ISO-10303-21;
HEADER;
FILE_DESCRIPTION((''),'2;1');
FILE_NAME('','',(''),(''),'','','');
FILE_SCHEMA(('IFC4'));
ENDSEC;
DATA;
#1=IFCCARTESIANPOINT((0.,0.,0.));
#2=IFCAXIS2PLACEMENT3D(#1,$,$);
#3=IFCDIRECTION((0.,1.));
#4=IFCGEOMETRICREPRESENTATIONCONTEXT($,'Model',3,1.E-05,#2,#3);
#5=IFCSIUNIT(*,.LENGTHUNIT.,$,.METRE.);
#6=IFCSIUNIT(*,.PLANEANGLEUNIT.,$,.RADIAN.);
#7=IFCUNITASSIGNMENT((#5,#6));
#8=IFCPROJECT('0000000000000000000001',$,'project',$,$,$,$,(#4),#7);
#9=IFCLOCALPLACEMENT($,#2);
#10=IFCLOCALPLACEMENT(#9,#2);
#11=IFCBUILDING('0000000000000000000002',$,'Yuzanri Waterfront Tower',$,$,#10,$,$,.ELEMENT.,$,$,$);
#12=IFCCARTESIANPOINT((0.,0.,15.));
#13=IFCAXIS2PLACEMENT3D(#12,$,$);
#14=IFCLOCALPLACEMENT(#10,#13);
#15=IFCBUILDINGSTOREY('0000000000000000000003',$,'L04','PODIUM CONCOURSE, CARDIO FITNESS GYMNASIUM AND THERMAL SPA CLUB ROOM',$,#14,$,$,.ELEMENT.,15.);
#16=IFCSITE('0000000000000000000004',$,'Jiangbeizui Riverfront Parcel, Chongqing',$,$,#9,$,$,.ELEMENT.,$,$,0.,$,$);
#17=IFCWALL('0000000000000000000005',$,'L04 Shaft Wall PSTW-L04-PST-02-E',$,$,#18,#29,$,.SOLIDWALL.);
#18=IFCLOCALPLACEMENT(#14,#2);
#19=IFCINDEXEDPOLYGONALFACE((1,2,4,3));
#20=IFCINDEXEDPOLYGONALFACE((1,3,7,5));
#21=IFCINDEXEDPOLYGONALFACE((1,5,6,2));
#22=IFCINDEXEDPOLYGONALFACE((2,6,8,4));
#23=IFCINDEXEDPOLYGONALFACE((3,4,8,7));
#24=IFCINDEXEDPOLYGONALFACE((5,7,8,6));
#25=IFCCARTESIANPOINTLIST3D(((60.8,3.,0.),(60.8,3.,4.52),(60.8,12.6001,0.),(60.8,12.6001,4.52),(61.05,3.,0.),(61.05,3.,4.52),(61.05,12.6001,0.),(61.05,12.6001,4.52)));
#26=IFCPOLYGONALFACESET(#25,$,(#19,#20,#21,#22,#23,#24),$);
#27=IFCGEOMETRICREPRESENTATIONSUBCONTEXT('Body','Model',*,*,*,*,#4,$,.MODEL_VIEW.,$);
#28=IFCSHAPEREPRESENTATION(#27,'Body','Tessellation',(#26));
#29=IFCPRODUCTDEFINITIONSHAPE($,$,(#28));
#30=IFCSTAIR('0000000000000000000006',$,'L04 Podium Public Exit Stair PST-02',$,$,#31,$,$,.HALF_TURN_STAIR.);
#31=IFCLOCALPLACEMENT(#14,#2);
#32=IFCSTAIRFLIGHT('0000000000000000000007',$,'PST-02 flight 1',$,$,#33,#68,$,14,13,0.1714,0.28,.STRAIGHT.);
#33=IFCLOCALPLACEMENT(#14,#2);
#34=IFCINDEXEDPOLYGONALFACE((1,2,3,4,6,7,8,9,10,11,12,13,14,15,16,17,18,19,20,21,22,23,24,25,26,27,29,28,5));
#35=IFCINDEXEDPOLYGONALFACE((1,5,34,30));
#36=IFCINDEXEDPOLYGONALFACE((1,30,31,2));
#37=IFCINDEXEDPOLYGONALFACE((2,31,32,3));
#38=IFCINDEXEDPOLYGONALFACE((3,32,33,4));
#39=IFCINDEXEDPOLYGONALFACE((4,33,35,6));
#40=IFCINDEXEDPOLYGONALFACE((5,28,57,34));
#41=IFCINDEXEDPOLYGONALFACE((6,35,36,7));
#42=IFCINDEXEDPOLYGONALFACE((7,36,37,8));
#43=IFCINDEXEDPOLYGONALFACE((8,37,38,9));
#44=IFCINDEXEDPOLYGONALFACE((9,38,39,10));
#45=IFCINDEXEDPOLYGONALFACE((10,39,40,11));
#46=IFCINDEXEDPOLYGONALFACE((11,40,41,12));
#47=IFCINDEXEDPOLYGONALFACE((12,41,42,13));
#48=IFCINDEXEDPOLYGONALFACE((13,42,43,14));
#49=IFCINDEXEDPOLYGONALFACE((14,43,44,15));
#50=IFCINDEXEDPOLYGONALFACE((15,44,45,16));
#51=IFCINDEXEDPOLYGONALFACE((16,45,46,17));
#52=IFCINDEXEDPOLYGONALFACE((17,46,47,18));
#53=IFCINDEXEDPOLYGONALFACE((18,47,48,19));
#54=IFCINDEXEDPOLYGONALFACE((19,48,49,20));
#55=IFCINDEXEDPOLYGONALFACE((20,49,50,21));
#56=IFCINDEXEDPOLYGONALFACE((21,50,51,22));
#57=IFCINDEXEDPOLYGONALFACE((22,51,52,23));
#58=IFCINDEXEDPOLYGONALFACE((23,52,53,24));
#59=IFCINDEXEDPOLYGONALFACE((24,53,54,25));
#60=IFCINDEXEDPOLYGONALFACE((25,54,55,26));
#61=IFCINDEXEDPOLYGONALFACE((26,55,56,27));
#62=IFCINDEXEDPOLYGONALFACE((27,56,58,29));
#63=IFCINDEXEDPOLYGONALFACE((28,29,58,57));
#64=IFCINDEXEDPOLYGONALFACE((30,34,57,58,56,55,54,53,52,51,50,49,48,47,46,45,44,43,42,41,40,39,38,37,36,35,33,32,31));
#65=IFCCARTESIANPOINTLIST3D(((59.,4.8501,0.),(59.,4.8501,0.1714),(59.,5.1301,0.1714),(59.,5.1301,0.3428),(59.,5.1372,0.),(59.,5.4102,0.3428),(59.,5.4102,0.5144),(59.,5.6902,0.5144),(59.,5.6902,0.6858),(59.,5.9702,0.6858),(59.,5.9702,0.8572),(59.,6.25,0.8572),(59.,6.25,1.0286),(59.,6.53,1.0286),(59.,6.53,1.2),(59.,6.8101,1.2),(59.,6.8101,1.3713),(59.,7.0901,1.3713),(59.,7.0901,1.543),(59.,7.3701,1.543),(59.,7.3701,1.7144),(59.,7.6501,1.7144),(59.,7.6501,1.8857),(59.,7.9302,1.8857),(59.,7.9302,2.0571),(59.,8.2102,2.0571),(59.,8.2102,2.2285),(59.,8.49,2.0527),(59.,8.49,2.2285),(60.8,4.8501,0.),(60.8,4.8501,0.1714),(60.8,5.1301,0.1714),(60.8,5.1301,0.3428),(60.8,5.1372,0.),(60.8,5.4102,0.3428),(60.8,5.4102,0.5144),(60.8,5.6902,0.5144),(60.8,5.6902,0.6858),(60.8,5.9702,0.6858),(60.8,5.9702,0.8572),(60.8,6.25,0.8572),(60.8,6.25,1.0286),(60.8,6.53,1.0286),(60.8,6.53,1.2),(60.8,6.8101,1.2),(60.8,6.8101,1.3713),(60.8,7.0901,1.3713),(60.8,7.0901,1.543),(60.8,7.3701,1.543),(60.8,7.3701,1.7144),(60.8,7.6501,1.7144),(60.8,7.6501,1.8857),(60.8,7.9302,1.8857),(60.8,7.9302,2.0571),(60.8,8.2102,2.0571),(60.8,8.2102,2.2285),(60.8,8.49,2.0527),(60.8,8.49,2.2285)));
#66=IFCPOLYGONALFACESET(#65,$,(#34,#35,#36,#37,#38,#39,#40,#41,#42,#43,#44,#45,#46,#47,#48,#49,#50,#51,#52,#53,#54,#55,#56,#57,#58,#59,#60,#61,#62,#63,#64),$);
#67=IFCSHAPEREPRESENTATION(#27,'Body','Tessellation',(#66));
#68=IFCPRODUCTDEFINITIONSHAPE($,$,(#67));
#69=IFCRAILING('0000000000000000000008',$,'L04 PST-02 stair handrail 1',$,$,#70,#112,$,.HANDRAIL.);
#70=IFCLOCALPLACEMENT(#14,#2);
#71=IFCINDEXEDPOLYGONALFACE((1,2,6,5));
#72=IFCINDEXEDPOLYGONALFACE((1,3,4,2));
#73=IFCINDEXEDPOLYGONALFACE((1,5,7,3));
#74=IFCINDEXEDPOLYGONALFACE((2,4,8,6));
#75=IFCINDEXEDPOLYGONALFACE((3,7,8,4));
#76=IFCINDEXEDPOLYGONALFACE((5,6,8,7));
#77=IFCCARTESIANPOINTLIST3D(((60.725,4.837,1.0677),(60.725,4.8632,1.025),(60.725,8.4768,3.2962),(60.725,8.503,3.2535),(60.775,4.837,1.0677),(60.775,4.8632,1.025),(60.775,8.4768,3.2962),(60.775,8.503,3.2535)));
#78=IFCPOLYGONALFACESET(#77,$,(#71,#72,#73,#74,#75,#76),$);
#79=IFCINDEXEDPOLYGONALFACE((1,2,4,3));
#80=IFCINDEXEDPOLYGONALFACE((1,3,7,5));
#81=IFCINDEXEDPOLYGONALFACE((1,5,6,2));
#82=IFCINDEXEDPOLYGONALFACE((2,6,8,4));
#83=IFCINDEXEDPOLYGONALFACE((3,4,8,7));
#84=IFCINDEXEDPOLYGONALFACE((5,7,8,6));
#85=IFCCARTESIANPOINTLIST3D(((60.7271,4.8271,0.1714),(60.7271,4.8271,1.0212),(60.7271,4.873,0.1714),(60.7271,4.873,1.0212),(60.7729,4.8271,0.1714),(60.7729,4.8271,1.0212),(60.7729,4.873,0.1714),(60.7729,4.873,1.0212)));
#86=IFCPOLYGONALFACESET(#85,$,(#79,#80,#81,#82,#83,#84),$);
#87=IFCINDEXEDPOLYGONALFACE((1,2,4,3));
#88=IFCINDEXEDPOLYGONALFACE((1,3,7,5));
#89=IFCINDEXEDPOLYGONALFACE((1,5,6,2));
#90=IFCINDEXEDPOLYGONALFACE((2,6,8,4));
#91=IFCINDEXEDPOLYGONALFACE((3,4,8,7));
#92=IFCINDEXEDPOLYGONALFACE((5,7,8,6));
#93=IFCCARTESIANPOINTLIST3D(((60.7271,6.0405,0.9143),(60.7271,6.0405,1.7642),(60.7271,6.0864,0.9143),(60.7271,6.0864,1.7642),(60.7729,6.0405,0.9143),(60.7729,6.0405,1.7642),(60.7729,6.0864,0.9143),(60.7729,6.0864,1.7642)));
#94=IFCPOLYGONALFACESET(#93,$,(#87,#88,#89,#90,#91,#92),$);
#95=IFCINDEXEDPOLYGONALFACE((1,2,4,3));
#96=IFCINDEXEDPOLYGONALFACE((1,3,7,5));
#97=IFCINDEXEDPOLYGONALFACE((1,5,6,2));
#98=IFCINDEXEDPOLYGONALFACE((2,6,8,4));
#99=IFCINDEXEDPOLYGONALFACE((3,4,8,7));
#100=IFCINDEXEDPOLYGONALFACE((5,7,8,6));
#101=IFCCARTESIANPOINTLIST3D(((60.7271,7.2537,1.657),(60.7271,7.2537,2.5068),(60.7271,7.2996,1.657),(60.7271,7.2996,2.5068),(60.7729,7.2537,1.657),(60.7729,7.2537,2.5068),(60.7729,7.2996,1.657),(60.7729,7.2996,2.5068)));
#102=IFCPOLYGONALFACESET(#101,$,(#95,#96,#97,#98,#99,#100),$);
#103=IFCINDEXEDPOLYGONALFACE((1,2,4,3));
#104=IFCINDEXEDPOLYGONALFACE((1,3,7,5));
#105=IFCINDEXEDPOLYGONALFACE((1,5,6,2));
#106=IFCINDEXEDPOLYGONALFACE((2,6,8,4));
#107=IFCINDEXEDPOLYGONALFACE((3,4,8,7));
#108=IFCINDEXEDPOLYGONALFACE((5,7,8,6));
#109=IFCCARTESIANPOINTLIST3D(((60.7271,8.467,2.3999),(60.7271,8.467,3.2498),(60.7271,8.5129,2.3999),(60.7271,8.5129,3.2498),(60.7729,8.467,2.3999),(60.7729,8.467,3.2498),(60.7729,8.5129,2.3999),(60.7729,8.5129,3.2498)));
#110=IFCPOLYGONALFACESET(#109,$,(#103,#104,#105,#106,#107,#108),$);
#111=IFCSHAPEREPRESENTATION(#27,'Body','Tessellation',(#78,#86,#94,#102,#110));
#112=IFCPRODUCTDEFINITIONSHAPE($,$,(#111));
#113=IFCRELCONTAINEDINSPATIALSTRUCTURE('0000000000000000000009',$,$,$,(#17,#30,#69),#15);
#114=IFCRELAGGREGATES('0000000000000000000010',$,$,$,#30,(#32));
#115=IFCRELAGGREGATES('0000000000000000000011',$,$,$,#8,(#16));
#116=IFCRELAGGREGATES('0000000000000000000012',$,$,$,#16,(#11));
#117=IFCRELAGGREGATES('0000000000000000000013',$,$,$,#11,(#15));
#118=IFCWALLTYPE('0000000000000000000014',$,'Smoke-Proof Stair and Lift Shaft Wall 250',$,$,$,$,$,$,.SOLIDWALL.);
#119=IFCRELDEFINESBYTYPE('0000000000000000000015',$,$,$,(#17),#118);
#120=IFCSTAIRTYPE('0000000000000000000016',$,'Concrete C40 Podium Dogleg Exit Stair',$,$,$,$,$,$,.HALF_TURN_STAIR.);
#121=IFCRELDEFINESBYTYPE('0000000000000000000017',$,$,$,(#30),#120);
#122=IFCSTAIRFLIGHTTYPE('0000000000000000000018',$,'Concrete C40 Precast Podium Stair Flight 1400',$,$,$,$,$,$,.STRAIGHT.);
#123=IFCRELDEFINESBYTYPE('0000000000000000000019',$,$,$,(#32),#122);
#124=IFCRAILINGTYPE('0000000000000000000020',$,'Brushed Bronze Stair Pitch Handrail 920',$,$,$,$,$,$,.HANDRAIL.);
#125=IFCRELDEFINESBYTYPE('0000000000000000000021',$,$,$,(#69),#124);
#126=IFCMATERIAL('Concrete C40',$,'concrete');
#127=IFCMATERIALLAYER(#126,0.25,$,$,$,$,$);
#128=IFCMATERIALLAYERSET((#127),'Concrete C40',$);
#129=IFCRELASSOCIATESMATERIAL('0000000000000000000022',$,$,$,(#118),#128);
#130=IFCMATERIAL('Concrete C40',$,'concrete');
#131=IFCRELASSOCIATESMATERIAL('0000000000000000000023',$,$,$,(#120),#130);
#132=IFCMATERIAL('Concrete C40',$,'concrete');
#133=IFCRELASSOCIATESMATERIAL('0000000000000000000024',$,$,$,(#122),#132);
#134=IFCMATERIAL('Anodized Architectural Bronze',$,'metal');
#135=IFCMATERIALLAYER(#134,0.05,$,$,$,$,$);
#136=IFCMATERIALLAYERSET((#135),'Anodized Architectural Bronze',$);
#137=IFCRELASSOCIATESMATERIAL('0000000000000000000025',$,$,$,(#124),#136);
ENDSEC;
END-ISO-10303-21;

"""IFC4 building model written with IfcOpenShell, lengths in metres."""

from ifc_helpers import new_model, si_unit, direction, frame, frame_2d, origin, origin_2d, place, context, subcontext, project, spatial, polyline, rectangle, outline, extrude, source, transform, mapped, material, layer, layer_set, type_object, element, aggregate, save


model = new_model("IFC4")

# Units and contexts
model_context = context("Model", 3, precision=1e-05, world=origin(), true_north=direction((0.0, 1.0)))
body_context = subcontext(model_context, "Body", "Model", "MODEL_VIEW")
ifc_project = project(units=[si_unit("LENGTHUNIT", "METRE"), si_unit("PLANEANGLEUNIT", "RADIAN")], contexts=[model_context])

# Site, building, storey
site_placement = place(None, origin())
site = spatial("IfcSite", under=ifc_project, at=site_placement, Name="Jiangbeizui Riverfront Parcel, Chongqing", CompositionType="ELEMENT", RefElevation=0.0)
building_placement = place(site_placement, origin())
building = spatial("IfcBuilding", under=site, at=building_placement, Name="Yuzanri Waterfront Tower", CompositionType="ELEMENT")
storey_placement = place(building_placement, frame((0.0, 0.0, 15.0)))
storey = spatial("IfcBuildingStorey", under=building, at=storey_placement, Name="L04", Description="PODIUM CONCOURSE, CARDIO FITNESS GYMNASIUM AND THERMAL SPA CLUB ROOM", CompositionType="ELEMENT", Elevation=15.0)

# Wall
ifc_material_1 = material(Name="Concrete C40", Category="concrete")
ifc_layer_1 = layer(ifc_material_1, 0.25)
ifc_layer_set_1 = layer_set([ifc_layer_1], Name="Concrete C40")
wall_type_1 = type_object("IfcWallType", Name="Smoke-Proof Stair and Lift Shaft Wall 250", PredefinedType="SOLIDWALL", material=ifc_layer_set_1)
shared_shape_1 = source(origin(), body_context, "Body", "SweptSolid", [
    extrude(rectangle(XDim=9.6001, YDim=0.25, at=frame_2d((4.8, 0.0))), origin(), (0.0, 0.0, 1.0), 4.52),
])
wall_1_placement = place(storey_placement, frame((60.925, 3.0, 0.0), z_axis=(0.0, 0.0, 1.0), x_axis=(0.0, 1.0, 0.0)))
element("IfcWall", 1, at=wall_1_placement, inside=storey, type_object=wall_type_1, Name="L04 Shaft Wall PSTW-L04-PST-02-E", PredefinedType="SOLIDWALL", context=body_context, shape_type="MappedRepresentation", body=[
    mapped(shared_shape_1, transform((0.0, 0.0, 0.0), scale=1.0)),
])

# Stair, stair flight
ifc_material_2 = material(Name="Concrete C40", Category="concrete")
stair_type = type_object("IfcStairType", Name="Concrete C40 Podium Dogleg Exit Stair", PredefinedType="HALF_TURN_STAIR", material=ifc_material_2)
stair_placement = place(storey_placement, origin())
stair = element("IfcStair", 2, at=stair_placement, inside=storey, type_object=stair_type, Name="L04 Podium Public Exit Stair PST-02", PredefinedType="HALF_TURN_STAIR")
ifc_material_3 = material(Name="Concrete C40", Category="concrete")
stair_flight_type = type_object("IfcStairFlightType", Name="Concrete C40 Precast Podium Stair Flight 1400", PredefinedType="STRAIGHT", material=ifc_material_3)
shared_shape_2 = source(origin(), body_context, "Body", "SweptSolid", [
    extrude(outline(polyline([(0.0, 0.0), (0.0, 0.1714), (0.28, 0.1714), (0.28, 0.3428), (0.5601, 0.3428), (0.5601, 0.5144), (0.8401, 0.5144), (0.8401, 0.6858), (1.1201, 0.6858), (1.1201, 0.8572), (1.3999, 0.8572), (1.3999, 1.0286), (1.6799, 1.0286), (1.6799, 1.2), (1.96, 1.2), (1.96, 1.3713), (2.24, 1.3713), (2.24, 1.543), (2.52, 1.543), (2.52, 1.7144), (2.8, 1.7144), (2.8, 1.8857), (3.0801, 1.8857), (3.0801, 2.0571), (3.3601, 2.0571), (3.3601, 2.2285), (3.6399, 2.2285), (3.6399, 2.3999), (3.6399, 2.0527), (0.2871, 0.0), (0.0, 0.0)])), frame((0.0, 0.8999, 0.0), z_axis=(0.0, -1.0, 0.0), x_axis=(1.0, 0.0, 0.0)), (0.0, 0.0, 1.0), 1.8),
])
stair_flight_placement = place(storey_placement, frame((59.8999, 4.8501, 0.0), z_axis=(0.0, 0.0, 1.0), x_axis=(0.0, 1.0, 0.0)))
stair_flight = element("IfcStairFlight", 3, at=stair_flight_placement, type_object=stair_flight_type, Name="PST-02 flight 1", NumberOfRisers=14, NumberOfTreads=13, PredefinedType="STRAIGHT", RiserHeight=0.1714, TreadLength=0.28, context=body_context, shape_type="MappedRepresentation", body=[
    mapped(shared_shape_2, transform((0.0, 0.0, 0.0), scale=1.0)),
])
aggregate(stair, [stair_flight])

# Railing
ifc_material_4 = material(Name="Anodized Architectural Bronze", Category="metal")
ifc_layer_2 = layer(ifc_material_4, 0.05)
ifc_layer_set_2 = layer_set([ifc_layer_2], Name="Anodized Architectural Bronze")
railing_type = type_object("IfcRailingType", Name="Brushed Bronze Stair Pitch Handrail 920", PredefinedType="HANDRAIL", material=ifc_layer_set_2)
shared_shape_3 = source(origin(), body_context, "Body", "SweptSolid", [
    extrude(rectangle(XDim=0.05, YDim=0.05, at=origin_2d()), frame((0.0, 0.0, 0.875), z_axis=(0.0, 0.85285, 0.522156), x_axis=(-1.0, 0.0, 0.0)), (0.0, 0.0, 1.0), 4.2678),
    extrude(rectangle(XDim=0.0459, YDim=0.0459, at=origin_2d()), origin(), (0.0, 0.0, 1.0), 0.8499),
    extrude(rectangle(XDim=0.0459, YDim=0.0459, at=origin_2d()), frame((0.0, 1.2134, 0.7429)), (0.0, 0.0, 1.0), 0.8499),
    extrude(rectangle(XDim=0.0459, YDim=0.0459, at=origin_2d()), frame((0.0, 2.4265, 1.4856)), (0.0, 0.0, 1.0), 0.8499),
    extrude(rectangle(XDim=0.0459, YDim=0.0459, at=origin_2d()), frame((0.0, 3.6399, 2.2285)), (0.0, 0.0, 1.0), 0.8499),
])
railing_placement = place(storey_placement, frame((60.75, 4.8501, 0.1714)))
element("IfcRailing", 4, at=railing_placement, inside=storey, type_object=railing_type, Name="L04 PST-02 stair handrail 1", PredefinedType="HANDRAIL", context=body_context, shape_type="MappedRepresentation", body=[
    mapped(shared_shape_3, transform((0.0, 0.0, 0.0), scale=1.0)),
])

save(model, "model.ifc")
